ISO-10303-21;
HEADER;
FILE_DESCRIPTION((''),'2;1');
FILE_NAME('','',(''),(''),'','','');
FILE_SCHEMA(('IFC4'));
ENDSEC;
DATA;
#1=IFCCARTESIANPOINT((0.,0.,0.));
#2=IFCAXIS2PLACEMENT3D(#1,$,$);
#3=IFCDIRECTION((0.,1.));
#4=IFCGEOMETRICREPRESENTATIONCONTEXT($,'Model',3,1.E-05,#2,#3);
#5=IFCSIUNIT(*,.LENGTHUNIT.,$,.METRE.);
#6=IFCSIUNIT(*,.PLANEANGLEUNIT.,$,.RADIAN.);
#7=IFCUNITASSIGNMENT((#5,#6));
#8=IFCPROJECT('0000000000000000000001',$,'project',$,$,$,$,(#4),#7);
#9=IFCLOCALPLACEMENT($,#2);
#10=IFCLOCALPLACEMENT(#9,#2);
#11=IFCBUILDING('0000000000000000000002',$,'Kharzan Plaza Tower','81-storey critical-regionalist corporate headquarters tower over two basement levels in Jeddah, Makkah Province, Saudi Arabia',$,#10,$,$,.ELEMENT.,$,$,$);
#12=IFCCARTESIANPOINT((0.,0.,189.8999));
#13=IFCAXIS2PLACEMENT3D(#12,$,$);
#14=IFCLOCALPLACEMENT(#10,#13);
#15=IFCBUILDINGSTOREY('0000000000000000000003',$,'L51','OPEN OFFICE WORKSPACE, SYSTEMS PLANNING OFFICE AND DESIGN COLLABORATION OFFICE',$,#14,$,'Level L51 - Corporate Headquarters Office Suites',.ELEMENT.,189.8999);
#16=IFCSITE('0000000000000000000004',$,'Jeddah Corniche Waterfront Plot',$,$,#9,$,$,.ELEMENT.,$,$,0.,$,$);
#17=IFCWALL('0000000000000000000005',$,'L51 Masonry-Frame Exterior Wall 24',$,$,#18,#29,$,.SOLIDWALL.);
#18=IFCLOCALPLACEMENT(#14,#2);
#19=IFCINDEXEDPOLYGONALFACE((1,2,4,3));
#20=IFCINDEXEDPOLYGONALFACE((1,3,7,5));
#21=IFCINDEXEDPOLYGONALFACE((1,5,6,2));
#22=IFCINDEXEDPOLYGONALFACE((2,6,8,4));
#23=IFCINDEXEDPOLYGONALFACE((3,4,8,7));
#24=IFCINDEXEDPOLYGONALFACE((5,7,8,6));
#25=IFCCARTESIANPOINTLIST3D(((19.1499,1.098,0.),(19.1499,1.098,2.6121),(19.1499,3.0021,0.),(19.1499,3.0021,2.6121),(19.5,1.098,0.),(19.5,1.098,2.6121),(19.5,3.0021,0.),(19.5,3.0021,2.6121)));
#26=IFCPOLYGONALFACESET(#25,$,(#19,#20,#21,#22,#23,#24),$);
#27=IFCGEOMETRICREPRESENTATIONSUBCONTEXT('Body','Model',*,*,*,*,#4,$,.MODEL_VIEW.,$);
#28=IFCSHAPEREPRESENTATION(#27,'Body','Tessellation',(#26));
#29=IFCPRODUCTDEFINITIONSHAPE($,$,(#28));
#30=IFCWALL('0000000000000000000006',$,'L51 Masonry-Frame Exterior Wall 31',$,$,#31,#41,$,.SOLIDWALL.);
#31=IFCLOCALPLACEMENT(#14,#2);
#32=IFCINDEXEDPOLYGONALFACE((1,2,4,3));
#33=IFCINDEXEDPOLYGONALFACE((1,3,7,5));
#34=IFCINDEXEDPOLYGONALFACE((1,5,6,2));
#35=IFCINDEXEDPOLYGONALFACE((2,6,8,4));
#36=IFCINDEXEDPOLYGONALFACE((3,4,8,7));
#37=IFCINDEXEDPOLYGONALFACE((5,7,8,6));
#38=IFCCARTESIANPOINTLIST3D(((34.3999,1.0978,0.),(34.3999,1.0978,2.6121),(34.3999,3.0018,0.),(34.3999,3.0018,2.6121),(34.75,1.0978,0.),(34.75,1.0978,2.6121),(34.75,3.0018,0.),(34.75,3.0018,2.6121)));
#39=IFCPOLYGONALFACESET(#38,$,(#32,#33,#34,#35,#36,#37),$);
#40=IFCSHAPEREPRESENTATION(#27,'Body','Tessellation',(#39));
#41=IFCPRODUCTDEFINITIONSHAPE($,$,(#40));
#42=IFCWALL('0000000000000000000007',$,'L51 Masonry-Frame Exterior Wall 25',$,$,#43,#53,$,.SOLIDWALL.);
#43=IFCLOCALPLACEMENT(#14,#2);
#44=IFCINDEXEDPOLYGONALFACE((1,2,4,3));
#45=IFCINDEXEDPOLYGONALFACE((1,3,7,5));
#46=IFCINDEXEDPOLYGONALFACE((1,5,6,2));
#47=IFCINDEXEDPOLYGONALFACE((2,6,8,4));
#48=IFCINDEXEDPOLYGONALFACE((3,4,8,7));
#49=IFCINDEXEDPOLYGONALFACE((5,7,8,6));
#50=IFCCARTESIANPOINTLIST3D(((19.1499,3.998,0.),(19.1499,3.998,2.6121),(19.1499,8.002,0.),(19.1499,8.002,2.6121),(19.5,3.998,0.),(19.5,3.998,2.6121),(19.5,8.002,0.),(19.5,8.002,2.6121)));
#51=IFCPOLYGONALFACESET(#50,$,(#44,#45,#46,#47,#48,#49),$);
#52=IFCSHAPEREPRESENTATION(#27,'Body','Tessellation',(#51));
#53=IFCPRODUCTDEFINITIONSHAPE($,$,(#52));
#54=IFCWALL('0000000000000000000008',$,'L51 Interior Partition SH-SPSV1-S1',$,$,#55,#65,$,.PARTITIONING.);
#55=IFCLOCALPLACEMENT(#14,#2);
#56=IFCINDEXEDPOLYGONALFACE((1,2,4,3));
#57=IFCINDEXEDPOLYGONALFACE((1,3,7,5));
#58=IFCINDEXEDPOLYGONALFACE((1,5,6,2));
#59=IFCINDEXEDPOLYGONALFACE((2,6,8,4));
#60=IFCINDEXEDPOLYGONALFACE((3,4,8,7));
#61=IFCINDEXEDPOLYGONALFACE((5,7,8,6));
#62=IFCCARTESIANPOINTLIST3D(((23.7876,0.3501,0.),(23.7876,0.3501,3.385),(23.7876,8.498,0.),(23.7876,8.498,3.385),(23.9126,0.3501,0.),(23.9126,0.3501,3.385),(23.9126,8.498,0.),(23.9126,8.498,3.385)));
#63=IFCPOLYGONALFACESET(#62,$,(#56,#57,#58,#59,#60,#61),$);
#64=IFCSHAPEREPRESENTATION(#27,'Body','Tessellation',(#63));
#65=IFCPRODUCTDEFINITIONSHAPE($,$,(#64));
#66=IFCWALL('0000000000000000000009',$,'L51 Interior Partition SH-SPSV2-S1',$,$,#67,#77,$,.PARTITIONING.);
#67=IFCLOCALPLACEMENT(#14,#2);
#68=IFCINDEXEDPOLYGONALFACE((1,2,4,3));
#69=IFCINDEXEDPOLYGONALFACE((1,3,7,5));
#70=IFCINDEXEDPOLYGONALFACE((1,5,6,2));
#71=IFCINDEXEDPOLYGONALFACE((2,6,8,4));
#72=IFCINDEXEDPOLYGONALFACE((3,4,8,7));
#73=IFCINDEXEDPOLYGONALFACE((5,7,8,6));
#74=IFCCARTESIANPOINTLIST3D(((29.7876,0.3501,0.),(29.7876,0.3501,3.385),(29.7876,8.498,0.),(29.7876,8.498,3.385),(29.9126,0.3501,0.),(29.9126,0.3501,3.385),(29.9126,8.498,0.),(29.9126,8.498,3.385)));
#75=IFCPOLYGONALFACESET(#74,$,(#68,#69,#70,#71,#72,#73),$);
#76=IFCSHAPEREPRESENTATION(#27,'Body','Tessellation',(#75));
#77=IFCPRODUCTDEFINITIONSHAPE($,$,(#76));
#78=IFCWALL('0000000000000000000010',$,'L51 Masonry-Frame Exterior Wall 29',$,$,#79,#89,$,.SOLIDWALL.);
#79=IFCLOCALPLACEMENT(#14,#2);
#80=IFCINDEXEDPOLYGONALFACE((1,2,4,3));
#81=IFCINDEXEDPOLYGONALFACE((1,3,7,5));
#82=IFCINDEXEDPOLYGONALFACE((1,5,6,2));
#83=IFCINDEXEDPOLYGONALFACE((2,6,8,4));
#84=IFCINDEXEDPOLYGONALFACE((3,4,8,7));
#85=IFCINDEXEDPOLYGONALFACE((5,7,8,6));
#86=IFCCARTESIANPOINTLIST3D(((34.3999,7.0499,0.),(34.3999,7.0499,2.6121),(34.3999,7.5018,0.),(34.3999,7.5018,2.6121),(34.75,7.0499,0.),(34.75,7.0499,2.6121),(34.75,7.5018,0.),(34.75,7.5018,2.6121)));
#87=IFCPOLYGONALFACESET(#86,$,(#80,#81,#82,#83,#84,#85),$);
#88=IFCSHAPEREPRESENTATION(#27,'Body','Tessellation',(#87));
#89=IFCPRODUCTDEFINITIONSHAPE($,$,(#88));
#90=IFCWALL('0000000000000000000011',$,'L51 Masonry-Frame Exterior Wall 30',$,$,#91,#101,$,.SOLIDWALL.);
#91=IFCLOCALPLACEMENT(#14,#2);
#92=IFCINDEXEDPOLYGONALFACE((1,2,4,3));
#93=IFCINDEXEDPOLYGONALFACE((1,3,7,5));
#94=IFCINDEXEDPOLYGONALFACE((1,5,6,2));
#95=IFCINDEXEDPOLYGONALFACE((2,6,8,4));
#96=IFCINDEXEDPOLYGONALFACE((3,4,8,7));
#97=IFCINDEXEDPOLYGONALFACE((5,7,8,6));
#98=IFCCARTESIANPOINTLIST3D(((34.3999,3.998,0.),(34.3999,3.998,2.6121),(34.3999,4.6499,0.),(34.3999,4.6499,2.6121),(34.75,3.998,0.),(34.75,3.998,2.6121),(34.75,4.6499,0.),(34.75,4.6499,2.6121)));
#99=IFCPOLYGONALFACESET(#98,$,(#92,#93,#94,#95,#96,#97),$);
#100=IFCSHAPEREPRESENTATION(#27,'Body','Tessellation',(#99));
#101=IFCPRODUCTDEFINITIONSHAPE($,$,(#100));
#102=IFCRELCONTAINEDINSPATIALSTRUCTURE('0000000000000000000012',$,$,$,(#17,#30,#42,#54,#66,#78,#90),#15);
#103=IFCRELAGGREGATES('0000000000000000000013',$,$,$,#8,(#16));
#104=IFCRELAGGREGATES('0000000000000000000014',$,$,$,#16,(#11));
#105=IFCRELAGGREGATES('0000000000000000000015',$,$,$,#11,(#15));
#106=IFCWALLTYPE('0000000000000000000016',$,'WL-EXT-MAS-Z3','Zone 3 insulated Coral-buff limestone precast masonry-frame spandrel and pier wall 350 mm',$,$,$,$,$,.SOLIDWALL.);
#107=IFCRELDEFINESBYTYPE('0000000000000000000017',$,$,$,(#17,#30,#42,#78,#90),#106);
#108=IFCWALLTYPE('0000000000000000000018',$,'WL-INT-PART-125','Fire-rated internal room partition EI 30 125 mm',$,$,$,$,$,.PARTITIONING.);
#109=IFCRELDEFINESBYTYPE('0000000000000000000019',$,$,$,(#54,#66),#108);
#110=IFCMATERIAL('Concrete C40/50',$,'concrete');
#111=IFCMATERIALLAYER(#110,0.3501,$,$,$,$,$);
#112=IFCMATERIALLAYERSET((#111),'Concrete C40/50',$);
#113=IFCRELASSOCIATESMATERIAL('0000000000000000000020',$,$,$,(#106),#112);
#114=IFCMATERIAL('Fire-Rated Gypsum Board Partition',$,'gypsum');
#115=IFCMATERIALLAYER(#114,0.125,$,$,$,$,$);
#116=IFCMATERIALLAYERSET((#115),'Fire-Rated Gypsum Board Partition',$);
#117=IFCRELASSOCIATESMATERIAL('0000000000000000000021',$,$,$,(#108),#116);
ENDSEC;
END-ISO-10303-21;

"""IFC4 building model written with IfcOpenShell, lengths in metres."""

from ifc_helpers import new_model, si_unit, direction, frame, frame_2d, origin, place, context, subcontext, project, spatial, rectangle, extrude, source, transform, mapped, material, layer, layer_set, type_object, element, save


model = new_model("IFC4")

# Units and contexts
model_context = context("Model", 3, precision=1e-05, world=origin(), true_north=direction((0.0, 1.0)))
body_context = subcontext(model_context, "Body", "Model", "MODEL_VIEW")
ifc_project = project(units=[si_unit("LENGTHUNIT", "METRE"), si_unit("PLANEANGLEUNIT", "RADIAN")], contexts=[model_context])

# Site, building, storey
site_placement = place(None, origin())
site = spatial("IfcSite", under=ifc_project, at=site_placement, Name="Jeddah Corniche Waterfront Plot", CompositionType="ELEMENT", RefElevation=0.0)
building_placement = place(site_placement, origin())
building = spatial("IfcBuilding", under=site, at=building_placement, Name="Kharzan Plaza Tower", Description="81-storey critical-regionalist corporate headquarters tower over two basement levels in Jeddah, Makkah Province, Saudi Arabia", CompositionType="ELEMENT")
storey_placement = place(building_placement, frame((0.0, 0.0, 189.8999)))
storey = spatial("IfcBuildingStorey", under=building, at=storey_placement, Name="L51", Description="OPEN OFFICE WORKSPACE, SYSTEMS PLANNING OFFICE AND DESIGN COLLABORATION OFFICE", LongName="Level L51 - Corporate Headquarters Office Suites", CompositionType="ELEMENT", Elevation=189.8999)

# Shared definitions
ifc_material_1 = material(Name="Concrete C40/50", Category="concrete")
ifc_layer_1 = layer(ifc_material_1, 0.3501)
ifc_layer_set_1 = layer_set([ifc_layer_1], Name="Concrete C40/50")
wall_type_1 = type_object("IfcWallType", Name="WL-EXT-MAS-Z3", Description="Zone 3 insulated Coral-buff limestone precast masonry-frame spandrel and pier wall 350 mm", PredefinedType="SOLIDWALL", material=ifc_layer_set_1)

# Walls
shared_shape_1 = source(origin(), body_context, "Body", "SweptSolid", [
    extrude(rectangle(XDim=1.9041, YDim=0.3501, at=frame_2d((0.9521, 0.0))), origin(), (0.0, 0.0, 1.0), 2.6121),
])
for number, where, z_axis, x_axis, name in (
    (1, (19.325, 1.0979, 0.0), (0.0, 0.0, 1.0), (0.0, 1.0, 0.0), "L51 Masonry-Frame Exterior Wall 24"),
    (2, (34.575, 3.002, 0.0), (0.0, 0.0, 1.0), (0.0, -1.0, 0.0), "L51 Masonry-Frame Exterior Wall 31"),
):
    element("IfcWall", number, at=place(storey_placement, frame(where, z_axis=z_axis, x_axis=x_axis)), inside=storey, type_object=wall_type_1, Name=name, PredefinedType="SOLIDWALL", context=body_context, shape_type="MappedRepresentation", body=[
        mapped(shared_shape_1, transform((0.0, 0.0, 0.0), x_axis=(1.0, 0.0, 0.0), y_axis=(0.0, 1.0, 0.0), z_axis=(0.0, 0.0, 1.0))),
    ])
shared_shape_2 = source(origin(), body_context, "Body", "SweptSolid", [
    extrude(rectangle(XDim=4.0039, YDim=0.3501, at=frame_2d((2.002, 0.0))), origin(), (0.0, 0.0, 1.0), 2.6121),
])
wall_1_placement = place(storey_placement, frame((19.325, 3.998, 0.0), z_axis=(0.0, 0.0, 1.0), x_axis=(0.0, 1.0, 0.0)))
element("IfcWall", 3, at=wall_1_placement, inside=storey, type_object=wall_type_1, Name="L51 Masonry-Frame Exterior Wall 25", PredefinedType="SOLIDWALL", context=body_context, shape_type="MappedRepresentation", body=[
    mapped(shared_shape_2, transform((0.0, 0.0, 0.0), x_axis=(1.0, 0.0, 0.0), y_axis=(0.0, 1.0, 0.0), z_axis=(0.0, 0.0, 1.0))),
])
ifc_material_2 = material(Name="Fire-Rated Gypsum Board Partition", Category="gypsum")
ifc_layer_2 = layer(ifc_material_2, 0.125)
ifc_layer_set_2 = layer_set([ifc_layer_2], Name="Fire-Rated Gypsum Board Partition")
wall_type_2 = type_object("IfcWallType", Name="WL-INT-PART-125", Description="Fire-rated internal room partition EI 30 125 mm", PredefinedType="PARTITIONING", material=ifc_layer_set_2)
shared_shape_3 = source(origin(), body_context, "Body", "SweptSolid", [
    extrude(rectangle(XDim=8.1479, YDim=0.125, at=frame_2d((4.074, 0.0))), origin(), (0.0, 0.0, 1.0), 3.385),
])
for number, where, z_axis, x_axis, name in (
    (4, (23.8501, 0.3501, 0.0), (0.0, 0.0, 1.0), (0.0, 1.0, 0.0), "L51 Interior Partition SH-SPSV1-S1"),
    (5, (29.8501, 0.3501, 0.0), (0.0, 0.0, 1.0), (0.0, 1.0, 0.0), "L51 Interior Partition SH-SPSV2-S1"),
):
    element("IfcWall", number, at=place(storey_placement, frame(where, z_axis=z_axis, x_axis=x_axis)), inside=storey, type_object=wall_type_2, Name=name, PredefinedType="PARTITIONING", context=body_context, shape_type="MappedRepresentation", body=[
        mapped(shared_shape_3, transform((0.0, 0.0, 0.0), x_axis=(1.0, 0.0, 0.0), y_axis=(0.0, 1.0, 0.0), z_axis=(0.0, 0.0, 1.0))),
    ])
shared_shape_4 = source(origin(), body_context, "Body", "SweptSolid", [
    extrude(rectangle(XDim=0.4519, YDim=0.3501, at=frame_2d((0.2261, 0.0))), origin(), (0.0, 0.0, 1.0), 2.6121),
])
wall_2_placement = place(storey_placement, frame((34.575, 7.502, 0.0), z_axis=(0.0, 0.0, 1.0), x_axis=(0.0, -1.0, 0.0)))
element("IfcWall", 6, at=wall_2_placement, inside=storey, type_object=wall_type_1, Name="L51 Masonry-Frame Exterior Wall 29", PredefinedType="SOLIDWALL", context=body_context, shape_type="MappedRepresentation", body=[
    mapped(shared_shape_4, transform((0.0, 0.0, 0.0), x_axis=(1.0, 0.0, 0.0), y_axis=(0.0, 1.0, 0.0), z_axis=(0.0, 0.0, 1.0))),
])
shared_shape_5 = source(origin(), body_context, "Body", "SweptSolid", [
    extrude(rectangle(XDim=0.6519, YDim=0.3501, at=frame_2d((0.3259, 0.0))), origin(), (0.0, 0.0, 1.0), 2.6121),
])
wall_3_placement = place(storey_placement, frame((34.575, 4.6499, 0.0), z_axis=(0.0, 0.0, 1.0), x_axis=(0.0, -1.0, 0.0)))
element("IfcWall", 7, at=wall_3_placement, inside=storey, type_object=wall_type_1, Name="L51 Masonry-Frame Exterior Wall 30", PredefinedType="SOLIDWALL", context=body_context, shape_type="MappedRepresentation", body=[
    mapped(shared_shape_5, transform((0.0, 0.0, 0.0), x_axis=(1.0, 0.0, 0.0), y_axis=(0.0, 1.0, 0.0), z_axis=(0.0, 0.0, 1.0))),
])

save(model, "model.ifc")
